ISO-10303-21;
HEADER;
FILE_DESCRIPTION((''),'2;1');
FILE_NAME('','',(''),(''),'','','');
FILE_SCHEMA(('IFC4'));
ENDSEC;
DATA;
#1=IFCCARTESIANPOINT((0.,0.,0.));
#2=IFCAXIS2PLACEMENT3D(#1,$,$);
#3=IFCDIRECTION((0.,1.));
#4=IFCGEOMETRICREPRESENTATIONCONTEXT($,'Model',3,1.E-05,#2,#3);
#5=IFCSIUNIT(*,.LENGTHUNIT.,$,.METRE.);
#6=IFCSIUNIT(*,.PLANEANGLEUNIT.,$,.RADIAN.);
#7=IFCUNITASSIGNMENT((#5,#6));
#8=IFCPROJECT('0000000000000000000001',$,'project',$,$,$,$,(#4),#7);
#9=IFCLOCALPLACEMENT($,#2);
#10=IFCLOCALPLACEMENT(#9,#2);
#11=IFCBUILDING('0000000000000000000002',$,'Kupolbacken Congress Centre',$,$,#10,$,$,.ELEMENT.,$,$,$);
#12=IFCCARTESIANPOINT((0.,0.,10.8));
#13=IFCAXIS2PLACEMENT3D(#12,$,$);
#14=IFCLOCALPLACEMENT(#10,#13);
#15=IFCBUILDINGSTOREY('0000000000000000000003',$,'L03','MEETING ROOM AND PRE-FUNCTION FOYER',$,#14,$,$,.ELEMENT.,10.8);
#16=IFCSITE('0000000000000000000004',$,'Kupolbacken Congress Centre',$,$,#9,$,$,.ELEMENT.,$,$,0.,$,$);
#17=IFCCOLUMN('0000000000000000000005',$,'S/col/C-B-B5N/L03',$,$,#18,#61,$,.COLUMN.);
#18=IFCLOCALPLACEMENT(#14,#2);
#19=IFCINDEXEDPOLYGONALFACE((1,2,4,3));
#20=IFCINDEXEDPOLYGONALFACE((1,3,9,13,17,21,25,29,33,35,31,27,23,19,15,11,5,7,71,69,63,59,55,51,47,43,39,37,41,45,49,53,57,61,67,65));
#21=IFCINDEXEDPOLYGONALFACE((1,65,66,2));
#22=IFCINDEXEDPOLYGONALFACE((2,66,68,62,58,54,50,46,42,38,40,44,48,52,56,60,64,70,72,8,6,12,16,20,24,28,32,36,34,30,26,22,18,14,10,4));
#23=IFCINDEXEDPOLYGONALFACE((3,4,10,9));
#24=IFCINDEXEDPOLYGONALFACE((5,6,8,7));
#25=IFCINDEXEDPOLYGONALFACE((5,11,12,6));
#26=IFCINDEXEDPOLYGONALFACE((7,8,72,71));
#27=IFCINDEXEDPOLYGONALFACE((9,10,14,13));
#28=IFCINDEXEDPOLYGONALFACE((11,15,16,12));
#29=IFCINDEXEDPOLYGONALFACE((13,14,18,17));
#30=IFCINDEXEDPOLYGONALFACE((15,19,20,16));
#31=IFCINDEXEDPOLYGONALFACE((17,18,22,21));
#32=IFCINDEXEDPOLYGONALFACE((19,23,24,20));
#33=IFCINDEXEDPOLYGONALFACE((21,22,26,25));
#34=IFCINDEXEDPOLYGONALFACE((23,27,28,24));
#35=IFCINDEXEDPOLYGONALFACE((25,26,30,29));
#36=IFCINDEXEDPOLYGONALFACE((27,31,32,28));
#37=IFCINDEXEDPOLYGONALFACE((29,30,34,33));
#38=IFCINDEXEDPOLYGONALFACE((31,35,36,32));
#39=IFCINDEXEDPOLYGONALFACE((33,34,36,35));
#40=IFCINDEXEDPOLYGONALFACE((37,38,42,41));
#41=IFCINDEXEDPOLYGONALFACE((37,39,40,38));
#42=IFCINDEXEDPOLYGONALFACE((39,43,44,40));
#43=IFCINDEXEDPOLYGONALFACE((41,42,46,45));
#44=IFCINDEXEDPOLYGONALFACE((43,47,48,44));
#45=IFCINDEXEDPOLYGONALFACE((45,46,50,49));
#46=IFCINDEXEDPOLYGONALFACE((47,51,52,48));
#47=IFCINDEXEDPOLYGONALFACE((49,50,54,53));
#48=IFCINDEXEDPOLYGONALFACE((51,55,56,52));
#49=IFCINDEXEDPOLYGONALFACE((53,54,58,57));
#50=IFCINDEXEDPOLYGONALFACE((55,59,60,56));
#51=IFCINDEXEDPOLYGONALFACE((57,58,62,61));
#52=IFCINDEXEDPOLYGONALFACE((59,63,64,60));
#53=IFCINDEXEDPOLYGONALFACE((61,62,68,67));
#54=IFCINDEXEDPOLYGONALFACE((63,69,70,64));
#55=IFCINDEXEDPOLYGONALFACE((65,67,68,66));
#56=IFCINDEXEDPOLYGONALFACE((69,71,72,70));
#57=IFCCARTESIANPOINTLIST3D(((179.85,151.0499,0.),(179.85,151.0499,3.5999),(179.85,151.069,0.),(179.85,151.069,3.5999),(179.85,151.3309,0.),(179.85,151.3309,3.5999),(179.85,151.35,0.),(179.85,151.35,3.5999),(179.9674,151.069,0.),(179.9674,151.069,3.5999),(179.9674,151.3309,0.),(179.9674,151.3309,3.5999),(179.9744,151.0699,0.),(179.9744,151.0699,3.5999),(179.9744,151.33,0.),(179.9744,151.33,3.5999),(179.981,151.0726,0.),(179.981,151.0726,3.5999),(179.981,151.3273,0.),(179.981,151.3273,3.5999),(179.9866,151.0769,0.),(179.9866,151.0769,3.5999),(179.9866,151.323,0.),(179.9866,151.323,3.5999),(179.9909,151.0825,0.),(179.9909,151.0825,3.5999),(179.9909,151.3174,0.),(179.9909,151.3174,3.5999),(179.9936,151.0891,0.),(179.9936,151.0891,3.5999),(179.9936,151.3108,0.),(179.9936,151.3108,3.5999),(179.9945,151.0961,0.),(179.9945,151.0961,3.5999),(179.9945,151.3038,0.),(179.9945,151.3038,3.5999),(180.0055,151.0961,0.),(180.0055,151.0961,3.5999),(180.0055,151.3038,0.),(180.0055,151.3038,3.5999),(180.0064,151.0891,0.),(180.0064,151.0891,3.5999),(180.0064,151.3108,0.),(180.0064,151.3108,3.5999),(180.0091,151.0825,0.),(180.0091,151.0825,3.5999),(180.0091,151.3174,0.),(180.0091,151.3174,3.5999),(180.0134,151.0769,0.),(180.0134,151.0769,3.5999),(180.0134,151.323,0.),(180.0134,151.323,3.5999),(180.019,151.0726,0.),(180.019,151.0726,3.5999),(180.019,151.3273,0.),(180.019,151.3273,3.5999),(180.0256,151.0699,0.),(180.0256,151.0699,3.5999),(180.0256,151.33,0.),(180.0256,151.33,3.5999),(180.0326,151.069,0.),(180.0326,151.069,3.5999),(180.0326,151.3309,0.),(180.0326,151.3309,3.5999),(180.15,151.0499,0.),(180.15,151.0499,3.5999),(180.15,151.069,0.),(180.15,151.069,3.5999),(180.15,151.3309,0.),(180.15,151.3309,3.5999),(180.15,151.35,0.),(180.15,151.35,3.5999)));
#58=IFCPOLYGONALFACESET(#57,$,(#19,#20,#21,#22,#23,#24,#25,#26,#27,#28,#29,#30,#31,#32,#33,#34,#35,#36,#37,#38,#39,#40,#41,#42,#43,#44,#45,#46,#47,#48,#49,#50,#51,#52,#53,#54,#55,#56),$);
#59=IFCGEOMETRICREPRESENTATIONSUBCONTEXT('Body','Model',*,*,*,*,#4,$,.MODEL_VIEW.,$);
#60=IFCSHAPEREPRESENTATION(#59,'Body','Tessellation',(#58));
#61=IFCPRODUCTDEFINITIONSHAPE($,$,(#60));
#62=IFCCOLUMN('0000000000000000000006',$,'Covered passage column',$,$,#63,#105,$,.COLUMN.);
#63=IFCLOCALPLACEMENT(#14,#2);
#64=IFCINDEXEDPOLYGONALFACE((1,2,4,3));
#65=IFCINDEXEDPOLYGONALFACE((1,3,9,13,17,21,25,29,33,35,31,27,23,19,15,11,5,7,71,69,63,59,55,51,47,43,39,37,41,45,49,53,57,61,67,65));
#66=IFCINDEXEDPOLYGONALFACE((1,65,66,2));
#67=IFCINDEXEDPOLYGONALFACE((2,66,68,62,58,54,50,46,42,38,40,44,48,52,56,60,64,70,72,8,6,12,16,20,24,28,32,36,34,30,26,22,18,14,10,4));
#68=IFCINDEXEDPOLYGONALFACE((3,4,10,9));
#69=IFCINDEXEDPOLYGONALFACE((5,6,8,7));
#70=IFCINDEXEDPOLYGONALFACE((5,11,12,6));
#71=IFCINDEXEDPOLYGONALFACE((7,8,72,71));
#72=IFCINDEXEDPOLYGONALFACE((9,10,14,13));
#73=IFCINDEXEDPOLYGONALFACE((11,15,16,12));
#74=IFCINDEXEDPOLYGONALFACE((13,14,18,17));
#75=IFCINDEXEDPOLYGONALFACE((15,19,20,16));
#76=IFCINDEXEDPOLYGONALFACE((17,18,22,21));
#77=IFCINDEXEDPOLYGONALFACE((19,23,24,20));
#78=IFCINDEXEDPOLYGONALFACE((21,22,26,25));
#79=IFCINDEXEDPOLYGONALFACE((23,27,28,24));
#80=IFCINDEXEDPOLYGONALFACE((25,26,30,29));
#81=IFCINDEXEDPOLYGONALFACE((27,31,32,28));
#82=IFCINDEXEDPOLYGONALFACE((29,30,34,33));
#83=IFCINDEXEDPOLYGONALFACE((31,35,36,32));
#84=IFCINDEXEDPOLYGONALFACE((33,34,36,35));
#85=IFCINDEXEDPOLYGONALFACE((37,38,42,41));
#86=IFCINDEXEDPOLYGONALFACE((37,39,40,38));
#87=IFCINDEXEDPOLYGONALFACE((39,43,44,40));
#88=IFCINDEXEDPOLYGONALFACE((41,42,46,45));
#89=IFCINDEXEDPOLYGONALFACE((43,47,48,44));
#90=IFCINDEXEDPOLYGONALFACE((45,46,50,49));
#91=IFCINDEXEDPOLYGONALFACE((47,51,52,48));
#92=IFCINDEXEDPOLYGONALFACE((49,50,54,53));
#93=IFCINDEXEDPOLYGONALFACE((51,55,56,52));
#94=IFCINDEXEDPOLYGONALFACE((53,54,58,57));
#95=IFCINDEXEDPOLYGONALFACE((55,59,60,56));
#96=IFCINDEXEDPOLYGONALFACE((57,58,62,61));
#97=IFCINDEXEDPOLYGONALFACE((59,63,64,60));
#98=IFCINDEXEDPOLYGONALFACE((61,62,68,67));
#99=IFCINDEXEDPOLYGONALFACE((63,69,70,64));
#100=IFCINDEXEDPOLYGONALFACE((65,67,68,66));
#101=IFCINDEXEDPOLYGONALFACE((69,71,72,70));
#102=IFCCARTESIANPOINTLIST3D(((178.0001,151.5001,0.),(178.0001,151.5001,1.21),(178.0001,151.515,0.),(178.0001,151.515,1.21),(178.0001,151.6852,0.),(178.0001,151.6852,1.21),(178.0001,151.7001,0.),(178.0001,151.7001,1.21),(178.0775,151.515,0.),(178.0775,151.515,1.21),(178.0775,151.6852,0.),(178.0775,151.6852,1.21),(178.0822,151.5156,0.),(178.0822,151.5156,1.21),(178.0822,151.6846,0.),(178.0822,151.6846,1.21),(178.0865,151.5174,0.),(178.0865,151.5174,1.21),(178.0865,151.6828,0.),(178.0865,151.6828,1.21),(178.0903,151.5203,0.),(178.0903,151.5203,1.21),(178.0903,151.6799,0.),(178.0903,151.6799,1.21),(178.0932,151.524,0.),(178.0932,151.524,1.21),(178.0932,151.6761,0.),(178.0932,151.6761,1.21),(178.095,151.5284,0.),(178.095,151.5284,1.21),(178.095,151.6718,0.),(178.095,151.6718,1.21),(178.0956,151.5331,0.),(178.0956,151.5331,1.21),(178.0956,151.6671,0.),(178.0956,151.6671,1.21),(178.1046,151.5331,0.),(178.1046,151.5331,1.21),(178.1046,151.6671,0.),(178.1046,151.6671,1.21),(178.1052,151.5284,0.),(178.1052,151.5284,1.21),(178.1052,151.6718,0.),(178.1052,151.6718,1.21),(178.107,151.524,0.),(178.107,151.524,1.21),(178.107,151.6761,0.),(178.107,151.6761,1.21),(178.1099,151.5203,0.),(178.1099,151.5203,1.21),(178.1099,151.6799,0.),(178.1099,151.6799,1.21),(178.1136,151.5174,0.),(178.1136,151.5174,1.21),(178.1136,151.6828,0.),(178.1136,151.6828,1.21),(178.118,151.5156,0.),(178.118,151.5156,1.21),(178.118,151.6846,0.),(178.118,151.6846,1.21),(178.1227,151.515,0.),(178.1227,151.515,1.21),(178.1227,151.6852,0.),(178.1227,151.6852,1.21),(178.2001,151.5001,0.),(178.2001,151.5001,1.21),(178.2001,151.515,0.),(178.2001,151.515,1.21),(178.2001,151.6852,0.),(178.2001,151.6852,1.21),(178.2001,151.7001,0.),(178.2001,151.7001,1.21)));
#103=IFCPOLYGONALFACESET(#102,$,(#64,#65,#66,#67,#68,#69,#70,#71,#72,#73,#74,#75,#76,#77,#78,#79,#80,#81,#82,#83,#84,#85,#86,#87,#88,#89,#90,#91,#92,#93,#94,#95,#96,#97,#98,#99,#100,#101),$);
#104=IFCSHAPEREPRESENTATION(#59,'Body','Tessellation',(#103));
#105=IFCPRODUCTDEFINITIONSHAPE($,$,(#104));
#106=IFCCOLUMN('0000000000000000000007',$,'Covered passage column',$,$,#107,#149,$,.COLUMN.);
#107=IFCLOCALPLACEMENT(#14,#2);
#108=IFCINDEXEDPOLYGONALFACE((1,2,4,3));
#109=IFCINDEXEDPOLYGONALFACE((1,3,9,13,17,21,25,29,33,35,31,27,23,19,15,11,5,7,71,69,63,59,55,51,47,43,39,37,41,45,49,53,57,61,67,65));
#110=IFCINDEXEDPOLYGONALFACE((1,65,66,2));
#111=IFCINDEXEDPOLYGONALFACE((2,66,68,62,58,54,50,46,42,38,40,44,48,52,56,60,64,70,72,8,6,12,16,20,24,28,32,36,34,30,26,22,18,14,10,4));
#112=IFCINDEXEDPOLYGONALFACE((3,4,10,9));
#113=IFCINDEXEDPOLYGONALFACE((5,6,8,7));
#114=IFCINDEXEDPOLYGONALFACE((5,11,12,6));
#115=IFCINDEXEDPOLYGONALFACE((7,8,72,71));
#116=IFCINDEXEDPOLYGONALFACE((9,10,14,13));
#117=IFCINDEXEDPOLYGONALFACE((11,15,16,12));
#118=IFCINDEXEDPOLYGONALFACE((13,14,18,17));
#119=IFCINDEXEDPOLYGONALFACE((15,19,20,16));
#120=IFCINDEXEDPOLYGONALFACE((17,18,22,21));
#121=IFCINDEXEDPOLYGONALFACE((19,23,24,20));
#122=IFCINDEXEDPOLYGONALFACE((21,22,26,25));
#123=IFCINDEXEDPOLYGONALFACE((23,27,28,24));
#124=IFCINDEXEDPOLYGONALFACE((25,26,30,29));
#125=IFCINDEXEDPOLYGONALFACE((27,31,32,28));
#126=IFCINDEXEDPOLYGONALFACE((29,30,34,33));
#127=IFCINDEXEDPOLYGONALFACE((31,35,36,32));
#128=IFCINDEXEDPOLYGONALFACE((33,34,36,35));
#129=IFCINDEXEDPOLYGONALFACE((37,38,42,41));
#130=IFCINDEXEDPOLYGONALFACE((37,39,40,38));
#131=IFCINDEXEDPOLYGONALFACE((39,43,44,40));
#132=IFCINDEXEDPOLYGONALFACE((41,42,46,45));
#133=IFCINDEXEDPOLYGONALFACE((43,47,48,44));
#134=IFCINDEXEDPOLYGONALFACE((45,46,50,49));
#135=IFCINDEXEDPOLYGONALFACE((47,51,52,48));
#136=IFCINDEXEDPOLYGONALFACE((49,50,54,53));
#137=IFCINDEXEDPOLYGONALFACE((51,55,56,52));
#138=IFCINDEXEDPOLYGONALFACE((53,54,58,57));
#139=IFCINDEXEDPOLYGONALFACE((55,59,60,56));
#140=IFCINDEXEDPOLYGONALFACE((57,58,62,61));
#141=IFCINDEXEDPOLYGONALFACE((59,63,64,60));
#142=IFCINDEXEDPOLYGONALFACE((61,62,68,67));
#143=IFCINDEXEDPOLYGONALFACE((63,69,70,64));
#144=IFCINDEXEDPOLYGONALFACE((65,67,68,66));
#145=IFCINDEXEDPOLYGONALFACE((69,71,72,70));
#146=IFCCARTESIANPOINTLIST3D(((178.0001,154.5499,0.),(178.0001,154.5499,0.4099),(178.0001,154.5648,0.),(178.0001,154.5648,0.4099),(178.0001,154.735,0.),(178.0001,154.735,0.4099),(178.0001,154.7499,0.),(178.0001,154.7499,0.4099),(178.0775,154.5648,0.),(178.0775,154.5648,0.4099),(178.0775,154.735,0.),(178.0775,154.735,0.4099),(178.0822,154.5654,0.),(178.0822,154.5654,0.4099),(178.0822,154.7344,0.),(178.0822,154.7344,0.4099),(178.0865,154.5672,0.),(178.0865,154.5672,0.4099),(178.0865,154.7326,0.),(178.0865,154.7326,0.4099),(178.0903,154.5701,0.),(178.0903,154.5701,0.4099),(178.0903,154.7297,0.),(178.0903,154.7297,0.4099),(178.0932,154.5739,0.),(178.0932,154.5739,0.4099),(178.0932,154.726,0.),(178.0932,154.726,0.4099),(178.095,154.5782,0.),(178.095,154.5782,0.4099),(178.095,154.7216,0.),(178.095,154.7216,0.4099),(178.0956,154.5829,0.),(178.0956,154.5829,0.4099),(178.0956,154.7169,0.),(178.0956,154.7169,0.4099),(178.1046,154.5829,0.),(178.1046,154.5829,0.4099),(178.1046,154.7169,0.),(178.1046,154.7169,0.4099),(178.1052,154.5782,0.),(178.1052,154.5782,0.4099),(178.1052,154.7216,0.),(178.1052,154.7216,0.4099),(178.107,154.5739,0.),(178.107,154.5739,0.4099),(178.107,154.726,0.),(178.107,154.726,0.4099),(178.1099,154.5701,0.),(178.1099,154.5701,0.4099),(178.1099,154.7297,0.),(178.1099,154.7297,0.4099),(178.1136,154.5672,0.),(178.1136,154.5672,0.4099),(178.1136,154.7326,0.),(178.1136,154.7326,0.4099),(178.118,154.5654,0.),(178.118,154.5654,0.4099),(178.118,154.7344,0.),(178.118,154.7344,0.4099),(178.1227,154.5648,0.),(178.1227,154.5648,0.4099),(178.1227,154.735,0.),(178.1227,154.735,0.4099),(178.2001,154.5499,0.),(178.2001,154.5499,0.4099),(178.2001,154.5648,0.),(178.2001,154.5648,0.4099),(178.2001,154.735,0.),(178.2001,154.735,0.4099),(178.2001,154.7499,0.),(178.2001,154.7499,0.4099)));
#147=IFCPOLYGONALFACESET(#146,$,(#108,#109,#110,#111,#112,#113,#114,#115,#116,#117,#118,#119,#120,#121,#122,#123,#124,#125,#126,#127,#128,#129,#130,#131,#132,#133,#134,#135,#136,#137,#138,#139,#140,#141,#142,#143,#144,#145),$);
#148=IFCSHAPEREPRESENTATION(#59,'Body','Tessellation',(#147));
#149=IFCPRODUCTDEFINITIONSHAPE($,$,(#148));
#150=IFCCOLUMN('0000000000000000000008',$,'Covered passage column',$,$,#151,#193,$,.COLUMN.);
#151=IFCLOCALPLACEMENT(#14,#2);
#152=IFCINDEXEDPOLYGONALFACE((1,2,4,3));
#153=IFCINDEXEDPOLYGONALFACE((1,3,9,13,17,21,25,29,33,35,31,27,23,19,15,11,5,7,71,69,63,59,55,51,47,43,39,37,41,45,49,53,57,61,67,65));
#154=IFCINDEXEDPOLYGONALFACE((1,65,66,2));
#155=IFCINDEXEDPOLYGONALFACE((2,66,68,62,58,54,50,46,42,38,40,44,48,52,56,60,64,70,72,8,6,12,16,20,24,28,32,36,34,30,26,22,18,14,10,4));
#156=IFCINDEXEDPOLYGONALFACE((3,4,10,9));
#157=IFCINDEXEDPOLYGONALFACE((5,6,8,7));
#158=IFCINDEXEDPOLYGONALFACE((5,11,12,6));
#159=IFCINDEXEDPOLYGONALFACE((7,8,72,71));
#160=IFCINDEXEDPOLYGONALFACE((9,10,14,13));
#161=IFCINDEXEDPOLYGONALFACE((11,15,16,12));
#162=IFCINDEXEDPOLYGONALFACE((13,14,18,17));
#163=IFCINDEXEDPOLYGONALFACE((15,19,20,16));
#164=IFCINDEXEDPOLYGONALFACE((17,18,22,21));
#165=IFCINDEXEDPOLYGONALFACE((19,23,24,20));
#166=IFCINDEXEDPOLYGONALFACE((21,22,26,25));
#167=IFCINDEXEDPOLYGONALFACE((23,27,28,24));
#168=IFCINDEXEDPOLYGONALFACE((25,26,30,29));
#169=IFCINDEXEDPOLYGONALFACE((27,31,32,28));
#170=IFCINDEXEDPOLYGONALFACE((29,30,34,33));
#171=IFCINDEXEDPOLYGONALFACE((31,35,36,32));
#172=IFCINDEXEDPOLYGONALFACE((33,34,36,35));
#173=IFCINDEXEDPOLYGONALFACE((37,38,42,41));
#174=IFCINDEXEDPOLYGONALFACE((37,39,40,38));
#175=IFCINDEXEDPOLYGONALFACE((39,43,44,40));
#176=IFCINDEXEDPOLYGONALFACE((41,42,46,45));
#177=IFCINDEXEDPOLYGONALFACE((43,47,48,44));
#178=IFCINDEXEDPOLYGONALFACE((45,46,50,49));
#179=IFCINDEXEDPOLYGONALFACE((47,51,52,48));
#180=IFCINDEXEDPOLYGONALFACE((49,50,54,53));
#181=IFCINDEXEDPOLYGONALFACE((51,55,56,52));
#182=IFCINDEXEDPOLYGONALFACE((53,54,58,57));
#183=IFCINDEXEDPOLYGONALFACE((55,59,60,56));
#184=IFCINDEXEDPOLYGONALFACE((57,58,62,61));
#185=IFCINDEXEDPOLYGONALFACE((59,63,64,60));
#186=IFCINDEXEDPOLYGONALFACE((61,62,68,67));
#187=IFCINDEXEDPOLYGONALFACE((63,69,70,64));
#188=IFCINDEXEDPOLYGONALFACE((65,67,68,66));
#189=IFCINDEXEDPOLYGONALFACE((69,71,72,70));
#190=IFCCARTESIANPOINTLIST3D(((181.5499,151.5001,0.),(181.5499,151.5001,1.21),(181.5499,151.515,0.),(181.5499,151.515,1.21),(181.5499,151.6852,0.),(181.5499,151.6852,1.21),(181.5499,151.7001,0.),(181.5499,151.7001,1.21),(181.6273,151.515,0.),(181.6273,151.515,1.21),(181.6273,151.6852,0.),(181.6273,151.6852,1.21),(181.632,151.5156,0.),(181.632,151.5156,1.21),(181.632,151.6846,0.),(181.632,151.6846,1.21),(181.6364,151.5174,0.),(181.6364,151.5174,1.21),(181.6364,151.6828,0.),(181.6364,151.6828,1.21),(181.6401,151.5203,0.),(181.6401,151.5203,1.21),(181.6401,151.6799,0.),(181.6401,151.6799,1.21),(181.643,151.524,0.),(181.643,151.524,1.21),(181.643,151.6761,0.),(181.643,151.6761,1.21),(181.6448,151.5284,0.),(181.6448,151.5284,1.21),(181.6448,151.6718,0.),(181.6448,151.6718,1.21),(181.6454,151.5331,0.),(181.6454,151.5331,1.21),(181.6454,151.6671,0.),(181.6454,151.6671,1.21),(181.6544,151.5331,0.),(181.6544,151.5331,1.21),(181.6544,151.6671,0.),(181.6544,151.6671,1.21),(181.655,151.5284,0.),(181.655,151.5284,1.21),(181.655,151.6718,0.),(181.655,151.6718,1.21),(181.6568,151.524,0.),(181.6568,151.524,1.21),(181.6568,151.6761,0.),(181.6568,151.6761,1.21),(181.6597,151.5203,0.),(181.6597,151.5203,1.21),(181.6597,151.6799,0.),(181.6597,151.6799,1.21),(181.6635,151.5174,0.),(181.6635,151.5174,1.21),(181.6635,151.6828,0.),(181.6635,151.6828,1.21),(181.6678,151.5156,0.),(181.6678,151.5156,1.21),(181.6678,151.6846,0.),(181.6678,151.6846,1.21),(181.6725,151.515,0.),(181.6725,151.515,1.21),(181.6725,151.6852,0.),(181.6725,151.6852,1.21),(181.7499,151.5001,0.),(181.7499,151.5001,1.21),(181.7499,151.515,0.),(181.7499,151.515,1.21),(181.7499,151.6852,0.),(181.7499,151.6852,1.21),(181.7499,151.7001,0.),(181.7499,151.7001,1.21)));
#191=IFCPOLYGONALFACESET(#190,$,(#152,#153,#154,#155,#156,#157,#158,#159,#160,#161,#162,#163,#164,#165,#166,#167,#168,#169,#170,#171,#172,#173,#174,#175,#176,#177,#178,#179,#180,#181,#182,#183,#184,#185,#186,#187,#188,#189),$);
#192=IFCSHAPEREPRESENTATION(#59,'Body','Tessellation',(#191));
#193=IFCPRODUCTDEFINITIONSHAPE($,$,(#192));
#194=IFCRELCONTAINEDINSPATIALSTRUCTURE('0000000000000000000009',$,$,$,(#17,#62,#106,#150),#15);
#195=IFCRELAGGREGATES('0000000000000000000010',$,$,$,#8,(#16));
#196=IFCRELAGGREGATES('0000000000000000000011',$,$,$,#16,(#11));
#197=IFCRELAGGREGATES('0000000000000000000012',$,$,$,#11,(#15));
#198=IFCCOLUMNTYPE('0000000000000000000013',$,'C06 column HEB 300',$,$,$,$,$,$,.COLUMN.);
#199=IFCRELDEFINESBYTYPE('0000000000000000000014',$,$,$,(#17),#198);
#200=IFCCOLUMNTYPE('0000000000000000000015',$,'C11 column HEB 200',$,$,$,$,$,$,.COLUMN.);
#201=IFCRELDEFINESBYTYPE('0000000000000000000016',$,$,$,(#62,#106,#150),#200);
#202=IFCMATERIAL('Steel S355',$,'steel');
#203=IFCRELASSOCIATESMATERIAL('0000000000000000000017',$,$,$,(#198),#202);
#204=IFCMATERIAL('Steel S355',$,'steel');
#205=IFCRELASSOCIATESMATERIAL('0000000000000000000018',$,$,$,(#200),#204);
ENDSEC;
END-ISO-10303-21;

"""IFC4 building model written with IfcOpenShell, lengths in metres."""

from ifc_helpers import new_model, si_unit, direction, frame, origin, origin_2d, place, context, subcontext, project, spatial, i_section, extrude, material, material_profile, profile_set, type_object, element, save


model = new_model("IFC4")

# Units and contexts
model_context = context("Model", 3, precision=1e-05, world=origin(), true_north=direction((0.0, 1.0)))
body_context = subcontext(model_context, "Body", "Model", "MODEL_VIEW")
ifc_project = project(units=[si_unit("LENGTHUNIT", "METRE"), si_unit("PLANEANGLEUNIT", "RADIAN")], contexts=[model_context])

# Site, building, storey
site_placement = place(None, origin())
site = spatial("IfcSite", under=ifc_project, at=site_placement, Name="Kupolbacken Congress Centre", CompositionType="ELEMENT", RefElevation=0.0)
building_placement = place(site_placement, origin())
building = spatial("IfcBuilding", under=site, at=building_placement, Name="Kupolbacken Congress Centre", CompositionType="ELEMENT")
storey_placement = place(building_placement, frame((0.0, 0.0, 10.8)))
storey = spatial("IfcBuildingStorey", under=building, at=storey_placement, Name="L03", Description="MEETING ROOM AND PRE-FUNCTION FOYER", CompositionType="ELEMENT", Elevation=10.8)

# Columns
ifc_material_1 = material(Name="Steel S355", Category="steel")
ifc_material_profile_1 = material_profile(ifc_material_1, i_section(OverallWidth=0.3, OverallDepth=0.3, WebThickness=0.011, FlangeThickness=0.019, FilletRadius=0.0271, at=origin_2d()), Name="HEB 300")
ifc_profile_set_1 = profile_set([ifc_material_profile_1], Name="Steel S355")
column_type_1 = type_object("IfcColumnType", Name="C06 column HEB 300", PredefinedType="COLUMN", material=ifc_profile_set_1)
column_1_placement = place(storey_placement, frame((180.0, 151.2, 0.0), z_axis=(0.0, 0.0, 1.0), x_axis=(1.0, 0.0, 0.0)))
element("IfcColumn", 1, at=column_1_placement, inside=storey, type_object=column_type_1, Name="S/col/C-B-B5N/L03", PredefinedType="COLUMN", context=body_context, shape_type="SweptSolid", body=[
    extrude(i_section(OverallWidth=0.3, OverallDepth=0.3, WebThickness=0.011, FlangeThickness=0.019, FilletRadius=0.0271, at=origin_2d()), origin(), (0.0, 0.0, 1.0), 3.5999),
])
ifc_material_2 = material(Name="Steel S355", Category="steel")
ifc_material_profile_2 = material_profile(ifc_material_2, i_section(OverallWidth=0.2, OverallDepth=0.2, WebThickness=0.009, FlangeThickness=0.0149, FilletRadius=0.0181, at=origin_2d()), Name="HEB 200")
ifc_profile_set_2 = profile_set([ifc_material_profile_2], Name="Steel S355")
column_type_2 = type_object("IfcColumnType", Name="C11 column HEB 200", PredefinedType="COLUMN", material=ifc_profile_set_2)
column_2_placement = place(storey_placement, frame((178.1001, 151.6001, 0.0), z_axis=(0.0, 0.0, 1.0), x_axis=(1.0, 0.0, 0.0)))
element("IfcColumn", 2, at=column_2_placement, inside=storey, type_object=column_type_2, Name="Covered passage column", PredefinedType="COLUMN", context=body_context, shape_type="SweptSolid", body=[
    extrude(i_section(OverallWidth=0.2, OverallDepth=0.2, WebThickness=0.009, FlangeThickness=0.0149, FilletRadius=0.0181, at=origin_2d()), origin(), (0.0, 0.0, 1.0), 1.21),
])
column_3_placement = place(storey_placement, frame((178.1001, 154.6499, 0.0), z_axis=(0.0, 0.0, 1.0), x_axis=(1.0, 0.0, 0.0)))
element("IfcColumn", 3, at=column_3_placement, inside=storey, type_object=column_type_2, Name="Covered passage column", PredefinedType="COLUMN", context=body_context, shape_type="SweptSolid", body=[
    extrude(i_section(OverallWidth=0.2, OverallDepth=0.2, WebThickness=0.009, FlangeThickness=0.0149, FilletRadius=0.0181, at=origin_2d()), origin(), (0.0, 0.0, 1.0), 0.4099),
])
column_4_placement = place(storey_placement, frame((181.6499, 151.6001, 0.0), z_axis=(0.0, 0.0, 1.0), x_axis=(1.0, 0.0, 0.0)))
element("IfcColumn", 4, at=column_4_placement, inside=storey, type_object=column_type_2, Name="Covered passage column", PredefinedType="COLUMN", context=body_context, shape_type="SweptSolid", body=[
    extrude(i_section(OverallWidth=0.2, OverallDepth=0.2, WebThickness=0.009, FlangeThickness=0.0149, FilletRadius=0.0181, at=origin_2d()), origin(), (0.0, 0.0, 1.0), 1.21),
])

save(model, "model.ifc")
